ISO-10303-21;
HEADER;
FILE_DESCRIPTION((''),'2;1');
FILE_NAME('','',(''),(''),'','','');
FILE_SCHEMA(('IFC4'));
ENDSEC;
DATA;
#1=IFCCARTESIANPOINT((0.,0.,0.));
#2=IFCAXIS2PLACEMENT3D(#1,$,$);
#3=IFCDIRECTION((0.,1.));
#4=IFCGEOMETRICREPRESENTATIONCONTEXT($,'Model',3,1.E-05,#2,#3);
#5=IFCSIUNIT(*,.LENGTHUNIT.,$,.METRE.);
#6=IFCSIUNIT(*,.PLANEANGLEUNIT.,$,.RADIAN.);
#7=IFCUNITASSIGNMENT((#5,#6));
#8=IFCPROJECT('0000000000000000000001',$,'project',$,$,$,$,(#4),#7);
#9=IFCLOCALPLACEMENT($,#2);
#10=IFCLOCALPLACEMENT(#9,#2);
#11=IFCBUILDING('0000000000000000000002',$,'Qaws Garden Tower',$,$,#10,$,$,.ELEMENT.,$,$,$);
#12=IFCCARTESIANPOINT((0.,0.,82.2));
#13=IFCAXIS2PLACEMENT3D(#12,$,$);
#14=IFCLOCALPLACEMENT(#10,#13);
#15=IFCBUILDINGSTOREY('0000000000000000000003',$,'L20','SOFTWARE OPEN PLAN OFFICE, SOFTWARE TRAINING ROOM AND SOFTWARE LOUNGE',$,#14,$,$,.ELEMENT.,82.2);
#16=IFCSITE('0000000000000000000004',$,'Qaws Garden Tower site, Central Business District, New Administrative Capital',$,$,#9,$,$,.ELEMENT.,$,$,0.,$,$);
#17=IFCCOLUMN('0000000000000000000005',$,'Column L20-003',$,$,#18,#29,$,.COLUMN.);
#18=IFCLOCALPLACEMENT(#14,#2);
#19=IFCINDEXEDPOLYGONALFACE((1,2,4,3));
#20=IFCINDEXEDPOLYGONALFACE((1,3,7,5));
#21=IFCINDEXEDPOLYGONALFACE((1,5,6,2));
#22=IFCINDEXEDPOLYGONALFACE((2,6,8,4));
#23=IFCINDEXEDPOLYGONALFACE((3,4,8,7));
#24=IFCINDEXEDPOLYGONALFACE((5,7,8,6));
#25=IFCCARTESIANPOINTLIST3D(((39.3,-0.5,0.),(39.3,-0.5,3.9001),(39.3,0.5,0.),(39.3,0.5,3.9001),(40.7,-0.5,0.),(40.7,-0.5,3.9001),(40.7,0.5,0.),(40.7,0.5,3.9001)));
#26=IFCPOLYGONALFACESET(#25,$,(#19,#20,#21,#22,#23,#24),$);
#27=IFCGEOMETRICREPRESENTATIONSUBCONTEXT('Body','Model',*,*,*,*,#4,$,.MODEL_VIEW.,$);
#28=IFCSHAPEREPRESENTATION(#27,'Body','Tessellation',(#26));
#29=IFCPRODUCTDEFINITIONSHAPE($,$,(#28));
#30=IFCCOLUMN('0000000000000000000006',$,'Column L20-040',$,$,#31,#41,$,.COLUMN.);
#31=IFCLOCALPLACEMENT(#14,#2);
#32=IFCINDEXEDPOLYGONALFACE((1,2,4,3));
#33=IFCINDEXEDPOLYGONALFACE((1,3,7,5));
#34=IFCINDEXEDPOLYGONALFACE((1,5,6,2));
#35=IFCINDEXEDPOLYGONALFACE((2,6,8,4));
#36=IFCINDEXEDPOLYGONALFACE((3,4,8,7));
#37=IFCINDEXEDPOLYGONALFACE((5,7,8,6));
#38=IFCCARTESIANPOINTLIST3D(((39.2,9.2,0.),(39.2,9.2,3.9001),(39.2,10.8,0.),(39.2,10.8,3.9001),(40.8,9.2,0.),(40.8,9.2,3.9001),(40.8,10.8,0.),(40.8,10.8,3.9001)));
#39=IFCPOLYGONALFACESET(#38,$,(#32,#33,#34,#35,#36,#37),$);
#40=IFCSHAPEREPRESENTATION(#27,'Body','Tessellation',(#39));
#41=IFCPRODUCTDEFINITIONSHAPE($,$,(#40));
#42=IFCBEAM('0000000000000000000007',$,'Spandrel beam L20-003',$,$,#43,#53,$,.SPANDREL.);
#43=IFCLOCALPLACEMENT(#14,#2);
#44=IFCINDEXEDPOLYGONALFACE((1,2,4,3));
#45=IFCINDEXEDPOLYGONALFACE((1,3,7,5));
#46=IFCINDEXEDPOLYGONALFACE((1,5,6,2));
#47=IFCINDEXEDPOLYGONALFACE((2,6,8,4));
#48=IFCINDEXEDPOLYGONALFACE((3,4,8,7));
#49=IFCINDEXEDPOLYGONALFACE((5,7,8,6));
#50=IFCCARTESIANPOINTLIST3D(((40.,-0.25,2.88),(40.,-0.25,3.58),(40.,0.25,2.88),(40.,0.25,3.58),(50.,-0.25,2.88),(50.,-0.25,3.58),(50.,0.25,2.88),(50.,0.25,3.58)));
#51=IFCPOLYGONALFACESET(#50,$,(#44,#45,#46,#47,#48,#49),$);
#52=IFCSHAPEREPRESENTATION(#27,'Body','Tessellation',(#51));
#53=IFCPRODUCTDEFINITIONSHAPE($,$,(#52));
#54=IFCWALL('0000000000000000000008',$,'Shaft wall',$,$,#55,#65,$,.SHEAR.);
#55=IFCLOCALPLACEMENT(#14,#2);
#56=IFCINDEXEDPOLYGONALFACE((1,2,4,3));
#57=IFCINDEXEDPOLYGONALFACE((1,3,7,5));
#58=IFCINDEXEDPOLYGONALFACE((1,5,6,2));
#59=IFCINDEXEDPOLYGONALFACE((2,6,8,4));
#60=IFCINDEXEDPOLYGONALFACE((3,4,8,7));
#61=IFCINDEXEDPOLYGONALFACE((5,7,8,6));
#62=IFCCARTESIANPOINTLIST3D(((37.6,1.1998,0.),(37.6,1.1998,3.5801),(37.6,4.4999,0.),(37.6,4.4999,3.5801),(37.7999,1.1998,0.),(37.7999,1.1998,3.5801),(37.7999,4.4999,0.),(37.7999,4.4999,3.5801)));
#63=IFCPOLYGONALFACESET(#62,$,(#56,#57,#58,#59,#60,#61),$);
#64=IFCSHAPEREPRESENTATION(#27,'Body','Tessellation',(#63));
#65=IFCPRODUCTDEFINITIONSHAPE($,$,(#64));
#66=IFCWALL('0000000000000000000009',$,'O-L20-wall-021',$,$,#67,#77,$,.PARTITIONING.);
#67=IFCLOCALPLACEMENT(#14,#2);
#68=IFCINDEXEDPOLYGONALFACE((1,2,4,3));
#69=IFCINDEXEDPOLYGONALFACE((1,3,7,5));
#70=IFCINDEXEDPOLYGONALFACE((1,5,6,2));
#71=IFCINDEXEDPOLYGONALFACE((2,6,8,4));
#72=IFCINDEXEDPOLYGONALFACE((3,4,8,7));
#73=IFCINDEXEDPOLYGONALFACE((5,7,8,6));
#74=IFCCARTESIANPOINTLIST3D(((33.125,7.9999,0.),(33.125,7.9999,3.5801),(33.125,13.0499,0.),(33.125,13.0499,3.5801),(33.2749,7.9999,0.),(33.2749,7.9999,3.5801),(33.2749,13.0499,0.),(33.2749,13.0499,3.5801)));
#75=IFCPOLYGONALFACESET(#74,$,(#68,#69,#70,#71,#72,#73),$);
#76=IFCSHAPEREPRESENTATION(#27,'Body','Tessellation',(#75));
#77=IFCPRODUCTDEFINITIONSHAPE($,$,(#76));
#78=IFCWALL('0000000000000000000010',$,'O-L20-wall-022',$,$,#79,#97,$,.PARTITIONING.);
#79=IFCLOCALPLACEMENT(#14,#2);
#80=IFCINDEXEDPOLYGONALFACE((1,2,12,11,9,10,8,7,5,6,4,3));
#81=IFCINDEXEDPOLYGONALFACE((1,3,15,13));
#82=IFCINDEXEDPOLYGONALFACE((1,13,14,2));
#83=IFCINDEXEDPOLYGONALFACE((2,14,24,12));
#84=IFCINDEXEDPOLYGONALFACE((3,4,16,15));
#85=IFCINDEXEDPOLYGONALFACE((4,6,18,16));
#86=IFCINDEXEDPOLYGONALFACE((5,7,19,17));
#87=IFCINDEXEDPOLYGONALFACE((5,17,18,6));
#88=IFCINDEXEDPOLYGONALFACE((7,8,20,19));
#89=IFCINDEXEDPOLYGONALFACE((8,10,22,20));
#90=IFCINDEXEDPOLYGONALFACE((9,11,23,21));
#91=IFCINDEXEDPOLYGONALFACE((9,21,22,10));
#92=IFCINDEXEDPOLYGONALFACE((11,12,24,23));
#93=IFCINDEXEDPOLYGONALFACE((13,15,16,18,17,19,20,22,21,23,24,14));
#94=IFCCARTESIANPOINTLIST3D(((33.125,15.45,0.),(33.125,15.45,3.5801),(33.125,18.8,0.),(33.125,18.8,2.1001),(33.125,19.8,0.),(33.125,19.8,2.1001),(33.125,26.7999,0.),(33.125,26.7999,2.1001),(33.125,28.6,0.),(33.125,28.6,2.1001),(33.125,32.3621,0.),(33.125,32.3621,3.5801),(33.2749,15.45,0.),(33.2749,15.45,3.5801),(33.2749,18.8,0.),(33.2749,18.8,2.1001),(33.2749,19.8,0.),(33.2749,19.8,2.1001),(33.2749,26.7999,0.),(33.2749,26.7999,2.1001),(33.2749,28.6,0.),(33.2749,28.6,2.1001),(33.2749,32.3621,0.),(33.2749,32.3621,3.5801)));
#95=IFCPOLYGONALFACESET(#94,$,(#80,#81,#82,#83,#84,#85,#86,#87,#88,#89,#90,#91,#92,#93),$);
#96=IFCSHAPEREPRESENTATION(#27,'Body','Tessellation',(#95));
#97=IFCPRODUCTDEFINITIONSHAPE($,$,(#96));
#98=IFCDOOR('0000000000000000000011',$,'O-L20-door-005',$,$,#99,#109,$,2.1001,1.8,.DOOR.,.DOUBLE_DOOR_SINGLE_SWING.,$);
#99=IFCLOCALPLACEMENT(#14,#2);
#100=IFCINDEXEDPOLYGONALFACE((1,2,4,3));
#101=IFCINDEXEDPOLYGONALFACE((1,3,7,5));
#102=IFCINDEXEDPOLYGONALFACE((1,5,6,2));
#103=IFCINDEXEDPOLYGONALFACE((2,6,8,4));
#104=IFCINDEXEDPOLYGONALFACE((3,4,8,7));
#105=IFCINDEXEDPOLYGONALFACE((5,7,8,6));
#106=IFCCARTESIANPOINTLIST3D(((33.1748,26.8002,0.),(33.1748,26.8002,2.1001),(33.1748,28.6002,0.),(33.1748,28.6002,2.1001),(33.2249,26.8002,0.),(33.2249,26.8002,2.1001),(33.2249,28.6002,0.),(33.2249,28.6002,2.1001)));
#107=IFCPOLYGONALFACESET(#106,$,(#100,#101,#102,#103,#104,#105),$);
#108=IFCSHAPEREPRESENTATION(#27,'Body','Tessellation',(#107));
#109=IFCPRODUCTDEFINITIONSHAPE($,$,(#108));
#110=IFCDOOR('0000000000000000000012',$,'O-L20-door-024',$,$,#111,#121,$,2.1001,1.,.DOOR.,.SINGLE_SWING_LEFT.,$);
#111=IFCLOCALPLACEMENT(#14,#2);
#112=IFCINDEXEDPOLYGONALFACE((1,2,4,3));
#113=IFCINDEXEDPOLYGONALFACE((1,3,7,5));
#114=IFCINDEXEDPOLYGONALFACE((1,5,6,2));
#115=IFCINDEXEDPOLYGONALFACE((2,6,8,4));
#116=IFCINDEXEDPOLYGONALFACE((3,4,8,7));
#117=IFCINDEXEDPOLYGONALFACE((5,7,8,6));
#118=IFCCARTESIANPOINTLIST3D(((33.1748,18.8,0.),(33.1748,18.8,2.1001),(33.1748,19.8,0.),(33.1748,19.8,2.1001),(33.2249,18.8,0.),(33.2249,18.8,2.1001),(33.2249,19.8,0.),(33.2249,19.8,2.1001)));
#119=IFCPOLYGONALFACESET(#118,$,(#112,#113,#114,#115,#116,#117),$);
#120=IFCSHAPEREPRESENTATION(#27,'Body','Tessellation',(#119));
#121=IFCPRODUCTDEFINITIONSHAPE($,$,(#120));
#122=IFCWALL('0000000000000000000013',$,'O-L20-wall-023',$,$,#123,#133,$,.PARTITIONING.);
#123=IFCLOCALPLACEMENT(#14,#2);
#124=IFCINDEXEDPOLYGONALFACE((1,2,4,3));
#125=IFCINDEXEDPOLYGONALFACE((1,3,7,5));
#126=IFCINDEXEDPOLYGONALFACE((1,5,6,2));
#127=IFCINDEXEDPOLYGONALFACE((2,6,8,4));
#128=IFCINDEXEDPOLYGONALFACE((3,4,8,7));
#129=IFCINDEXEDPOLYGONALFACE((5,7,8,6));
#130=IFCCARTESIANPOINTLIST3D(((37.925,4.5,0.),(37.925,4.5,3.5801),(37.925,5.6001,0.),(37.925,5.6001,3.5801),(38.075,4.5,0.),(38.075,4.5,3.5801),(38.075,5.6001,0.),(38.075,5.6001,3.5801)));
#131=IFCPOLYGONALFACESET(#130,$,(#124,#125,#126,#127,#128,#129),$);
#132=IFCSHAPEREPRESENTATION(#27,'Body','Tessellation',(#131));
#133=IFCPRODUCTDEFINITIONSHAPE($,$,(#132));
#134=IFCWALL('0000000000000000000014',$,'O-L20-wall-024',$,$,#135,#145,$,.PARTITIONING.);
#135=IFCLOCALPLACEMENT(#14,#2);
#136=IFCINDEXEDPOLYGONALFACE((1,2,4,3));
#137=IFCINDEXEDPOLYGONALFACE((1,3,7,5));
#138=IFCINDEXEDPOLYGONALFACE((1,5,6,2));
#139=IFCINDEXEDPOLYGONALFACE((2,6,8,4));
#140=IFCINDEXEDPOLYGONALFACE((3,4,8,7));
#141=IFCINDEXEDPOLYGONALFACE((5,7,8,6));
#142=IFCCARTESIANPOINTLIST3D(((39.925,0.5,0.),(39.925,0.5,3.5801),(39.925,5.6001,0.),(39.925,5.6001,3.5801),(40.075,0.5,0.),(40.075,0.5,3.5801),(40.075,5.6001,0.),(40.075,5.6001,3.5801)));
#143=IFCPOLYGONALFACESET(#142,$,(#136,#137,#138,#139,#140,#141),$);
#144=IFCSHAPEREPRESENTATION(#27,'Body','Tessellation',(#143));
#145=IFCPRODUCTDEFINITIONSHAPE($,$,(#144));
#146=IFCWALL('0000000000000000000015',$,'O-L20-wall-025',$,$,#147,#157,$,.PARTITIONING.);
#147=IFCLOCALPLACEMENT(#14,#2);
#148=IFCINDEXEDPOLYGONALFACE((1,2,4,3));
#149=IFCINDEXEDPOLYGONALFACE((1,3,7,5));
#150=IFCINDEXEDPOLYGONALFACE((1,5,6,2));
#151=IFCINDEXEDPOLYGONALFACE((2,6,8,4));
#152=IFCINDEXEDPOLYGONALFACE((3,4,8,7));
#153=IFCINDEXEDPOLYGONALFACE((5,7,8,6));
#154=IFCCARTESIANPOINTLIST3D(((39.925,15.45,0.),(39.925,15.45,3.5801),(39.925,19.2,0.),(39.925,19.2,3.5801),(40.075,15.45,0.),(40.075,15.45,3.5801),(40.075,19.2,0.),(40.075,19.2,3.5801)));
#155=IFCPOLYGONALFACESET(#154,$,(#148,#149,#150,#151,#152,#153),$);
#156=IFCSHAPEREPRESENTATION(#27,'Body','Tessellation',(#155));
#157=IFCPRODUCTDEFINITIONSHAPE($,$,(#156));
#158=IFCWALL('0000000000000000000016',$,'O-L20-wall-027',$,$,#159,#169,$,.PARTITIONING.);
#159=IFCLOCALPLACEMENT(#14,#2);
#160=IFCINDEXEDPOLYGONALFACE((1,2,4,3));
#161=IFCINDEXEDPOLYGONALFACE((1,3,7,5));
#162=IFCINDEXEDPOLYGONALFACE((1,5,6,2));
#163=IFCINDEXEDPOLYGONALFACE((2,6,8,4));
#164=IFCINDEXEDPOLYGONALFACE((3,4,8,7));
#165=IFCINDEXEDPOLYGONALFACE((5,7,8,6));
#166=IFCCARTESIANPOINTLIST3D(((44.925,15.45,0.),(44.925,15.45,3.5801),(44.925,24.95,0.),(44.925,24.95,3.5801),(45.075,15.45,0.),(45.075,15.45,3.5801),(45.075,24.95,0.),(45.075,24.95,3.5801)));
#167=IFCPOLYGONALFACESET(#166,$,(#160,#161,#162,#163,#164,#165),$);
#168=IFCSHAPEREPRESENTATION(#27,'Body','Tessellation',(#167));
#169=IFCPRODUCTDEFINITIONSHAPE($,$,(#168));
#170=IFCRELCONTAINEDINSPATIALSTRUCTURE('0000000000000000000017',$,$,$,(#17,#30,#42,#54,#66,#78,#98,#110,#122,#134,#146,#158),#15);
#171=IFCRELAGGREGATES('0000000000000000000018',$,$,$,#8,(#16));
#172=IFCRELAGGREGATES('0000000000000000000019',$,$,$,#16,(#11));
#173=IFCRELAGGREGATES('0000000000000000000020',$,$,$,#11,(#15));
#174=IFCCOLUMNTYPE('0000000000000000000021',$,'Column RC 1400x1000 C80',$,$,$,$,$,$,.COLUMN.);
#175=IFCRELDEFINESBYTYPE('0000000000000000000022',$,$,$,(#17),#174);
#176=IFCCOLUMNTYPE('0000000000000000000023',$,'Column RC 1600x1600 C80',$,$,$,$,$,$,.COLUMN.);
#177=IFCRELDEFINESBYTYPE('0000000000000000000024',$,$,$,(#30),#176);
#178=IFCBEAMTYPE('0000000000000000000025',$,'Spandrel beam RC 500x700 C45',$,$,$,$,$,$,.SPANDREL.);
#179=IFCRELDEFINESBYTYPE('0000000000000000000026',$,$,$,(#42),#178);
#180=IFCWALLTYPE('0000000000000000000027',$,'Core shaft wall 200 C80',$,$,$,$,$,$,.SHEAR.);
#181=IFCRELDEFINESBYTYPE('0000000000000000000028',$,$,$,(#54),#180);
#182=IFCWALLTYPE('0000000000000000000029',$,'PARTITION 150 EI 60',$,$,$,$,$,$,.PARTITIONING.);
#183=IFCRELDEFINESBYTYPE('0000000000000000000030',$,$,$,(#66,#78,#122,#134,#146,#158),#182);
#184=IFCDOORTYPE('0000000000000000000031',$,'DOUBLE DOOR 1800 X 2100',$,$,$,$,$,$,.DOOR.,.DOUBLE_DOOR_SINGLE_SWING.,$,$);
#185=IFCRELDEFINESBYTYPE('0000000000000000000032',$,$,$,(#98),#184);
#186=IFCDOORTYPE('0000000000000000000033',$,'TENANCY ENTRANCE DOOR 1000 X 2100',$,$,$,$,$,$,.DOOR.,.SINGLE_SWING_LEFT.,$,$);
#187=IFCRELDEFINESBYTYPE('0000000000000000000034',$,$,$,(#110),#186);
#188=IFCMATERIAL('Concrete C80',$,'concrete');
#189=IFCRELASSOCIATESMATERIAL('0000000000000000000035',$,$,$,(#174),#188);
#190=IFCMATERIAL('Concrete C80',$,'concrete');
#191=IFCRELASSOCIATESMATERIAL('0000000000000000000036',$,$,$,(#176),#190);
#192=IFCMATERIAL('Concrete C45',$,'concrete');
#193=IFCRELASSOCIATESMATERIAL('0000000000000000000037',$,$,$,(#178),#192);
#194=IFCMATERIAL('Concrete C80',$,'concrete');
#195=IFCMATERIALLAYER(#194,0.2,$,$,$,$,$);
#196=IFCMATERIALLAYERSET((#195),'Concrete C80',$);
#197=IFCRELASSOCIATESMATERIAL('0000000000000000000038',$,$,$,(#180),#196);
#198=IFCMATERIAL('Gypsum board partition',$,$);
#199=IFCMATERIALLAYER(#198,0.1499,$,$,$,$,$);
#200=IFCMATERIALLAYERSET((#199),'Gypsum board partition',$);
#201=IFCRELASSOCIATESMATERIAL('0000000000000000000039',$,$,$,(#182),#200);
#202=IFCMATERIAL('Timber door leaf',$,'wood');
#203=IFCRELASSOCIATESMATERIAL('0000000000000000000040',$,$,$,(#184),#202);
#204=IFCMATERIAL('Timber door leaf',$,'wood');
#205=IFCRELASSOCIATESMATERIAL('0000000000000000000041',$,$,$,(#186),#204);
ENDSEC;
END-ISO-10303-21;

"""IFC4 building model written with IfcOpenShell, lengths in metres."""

from ifc_helpers import new_model, si_unit, direction, frame, frame_2d, origin, origin_2d, place, context, subcontext, project, spatial, rectangle, extrude, material, layer, layer_set, material_profile, profile_set, type_object, element, fill, save


model = new_model("IFC4")

# Units and contexts
model_context = context("Model", 3, precision=1e-05, world=origin(), true_north=direction((0.0, 1.0)))
body_context = subcontext(model_context, "Body", "Model", "MODEL_VIEW")
ifc_project = project(units=[si_unit("LENGTHUNIT", "METRE"), si_unit("PLANEANGLEUNIT", "RADIAN")], contexts=[model_context])

# Site, building, storey
site_placement = place(None, origin())
site = spatial("IfcSite", under=ifc_project, at=site_placement, Name="Qaws Garden Tower site, Central Business District, New Administrative Capital", CompositionType="ELEMENT", RefElevation=0.0)
building_placement = place(site_placement, origin())
building = spatial("IfcBuilding", under=site, at=building_placement, Name="Qaws Garden Tower", CompositionType="ELEMENT")
storey_placement = place(building_placement, frame((0.0, 0.0, 82.2)))
storey = spatial("IfcBuildingStorey", under=building, at=storey_placement, Name="L20", Description="SOFTWARE OPEN PLAN OFFICE, SOFTWARE TRAINING ROOM AND SOFTWARE LOUNGE", CompositionType="ELEMENT", Elevation=82.2)

# Columns
ifc_material_1 = material(Name="Concrete C80", Category="concrete")
ifc_material_profile_1 = material_profile(ifc_material_1, rectangle(XDim=1.3999, YDim=1.0, at=origin_2d()), Name="RC 1400x1000")
ifc_profile_set_1 = profile_set([ifc_material_profile_1], Name="Concrete C80")
column_type_1 = type_object("IfcColumnType", Name="Column RC 1400x1000 C80", PredefinedType="COLUMN", material=ifc_profile_set_1)
column_1_placement = place(storey_placement, frame((40.0, 0.0, 0.0), z_axis=(0.0, 0.0, 1.0), x_axis=(1.0, 0.0, 0.0)))
element("IfcColumn", 1, at=column_1_placement, inside=storey, type_object=column_type_1, Name="Column L20-003", PredefinedType="COLUMN", context=body_context, shape_type="SweptSolid", body=[
    extrude(rectangle(XDim=1.3999, YDim=1.0, at=origin_2d()), origin(), (0.0, 0.0, 1.0), 3.9001),
])
ifc_material_2 = material(Name="Concrete C80", Category="concrete")
ifc_material_profile_2 = material_profile(ifc_material_2, rectangle(XDim=1.6001, YDim=1.6001, at=origin_2d()), Name="RC 1600x1600")
ifc_profile_set_2 = profile_set([ifc_material_profile_2], Name="Concrete C80")
column_type_2 = type_object("IfcColumnType", Name="Column RC 1600x1600 C80", PredefinedType="COLUMN", material=ifc_profile_set_2)
column_2_placement = place(storey_placement, frame((40.0, 10.0, 0.0), z_axis=(0.0, 0.0, 1.0), x_axis=(1.0, 0.0, 0.0)))
element("IfcColumn", 2, at=column_2_placement, inside=storey, type_object=column_type_2, Name="Column L20-040", PredefinedType="COLUMN", context=body_context, shape_type="SweptSolid", body=[
    extrude(rectangle(XDim=1.6001, YDim=1.6001, at=origin_2d()), origin(), (0.0, 0.0, 1.0), 3.9001),
])

# Beam
ifc_material_3 = material(Name="Concrete C45", Category="concrete")
ifc_material_profile_3 = material_profile(ifc_material_3, rectangle(XDim=0.5, YDim=0.7, at=origin_2d()), Name="RC 500x700")
ifc_profile_set_3 = profile_set([ifc_material_profile_3], Name="Concrete C45")
beam_type = type_object("IfcBeamType", Name="Spandrel beam RC 500x700 C45", PredefinedType="SPANDREL", material=ifc_profile_set_3)
beam_placement = place(storey_placement, frame((40.0, 0.0, 3.23), z_axis=(1.0, 0.0, 0.0), x_axis=(0.0, 1.0, 0.0)))
element("IfcBeam", 3, at=beam_placement, inside=storey, type_object=beam_type, Name="Spandrel beam L20-003", PredefinedType="SPANDREL", context=body_context, shape_type="SweptSolid", body=[
    extrude(rectangle(XDim=0.5, YDim=0.7, at=origin_2d()), origin(), (0.0, 0.0, 1.0), 10.0),
])

# Walls
ifc_material_4 = material(Name="Concrete C80", Category="concrete")
ifc_layer_1 = layer(ifc_material_4, 0.2)
ifc_layer_set_1 = layer_set([ifc_layer_1], Name="Concrete C80")
wall_type_1 = type_object("IfcWallType", Name="Core shaft wall 200 C80", PredefinedType="SHEAR", material=ifc_layer_set_1)
wall_1_placement = place(storey_placement, frame((37.7, 1.2, 0.0), z_axis=(0.0, 0.0, 1.0), x_axis=(0.0, 1.0, 0.0)))
element("IfcWall", 4, at=wall_1_placement, inside=storey, type_object=wall_type_1, Name="Shaft wall", PredefinedType="SHEAR", context=body_context, shape_type="SweptSolid", body=[
    extrude(rectangle(XDim=3.3, YDim=0.2, at=frame_2d((1.6499, 0.0))), origin(), (0.0, 0.0, 1.0), 3.5801),
])
ifc_material_5 = material(Name="Gypsum board partition")
ifc_layer_2 = layer(ifc_material_5, 0.1499)
ifc_layer_set_2 = layer_set([ifc_layer_2], Name="Gypsum board partition")
wall_type_2 = type_object("IfcWallType", Name="PARTITION 150 EI 60", PredefinedType="PARTITIONING", material=ifc_layer_set_2)
wall_2_placement = place(storey_placement, frame((33.2, 8.0, 0.0), z_axis=(0.0, 0.0, 1.0), x_axis=(0.0, 1.0, 0.0)))
element("IfcWall", 5, at=wall_2_placement, inside=storey, type_object=wall_type_2, Name="O-L20-wall-021", PredefinedType="PARTITIONING", context=body_context, shape_type="SweptSolid", body=[
    extrude(rectangle(XDim=5.05, YDim=0.1499, at=frame_2d((2.5249, 0.0))), origin(), (0.0, 0.0, 1.0), 3.5801),
])

# Wall, openings, doors
wall_3_placement = place(storey_placement, frame((33.2, 15.45, 0.0), z_axis=(0.0, 0.0, 1.0), x_axis=(0.0, 1.0, 0.0)))
wall_3 = element("IfcWall", 6, at=wall_3_placement, inside=storey, type_object=wall_type_2, Name="O-L20-wall-022", PredefinedType="PARTITIONING", context=body_context, shape_type="SweptSolid", body=[
    extrude(rectangle(XDim=16.9121, YDim=0.1499, at=frame_2d((8.4561, 0.0))), origin(), (0.0, 0.0, 1.0), 3.5801),
])
opening_1_placement = place(wall_3_placement, frame((11.3501, 0.0, 0.0)))
opening_1 = element("IfcOpeningElement", 7, at=opening_1_placement, cuts=wall_3, PredefinedType="OPENING", context=body_context, shape_type="SweptSolid", body=[
    extrude(rectangle(XDim=1.8, YDim=2.1001, at=frame_2d((0.8999, 1.05))), frame((0.0, 0.085, 0.0), z_axis=(0.0, -1.0, 0.0), x_axis=(1.0, 0.0, 0.0)), (0.0, 0.0, 1.0), 0.1699),
])
opening_2_placement = place(wall_3_placement, frame((3.3501, 0.0, 0.0)))
opening_2 = element("IfcOpeningElement", 8, at=opening_2_placement, cuts=wall_3, PredefinedType="OPENING", context=body_context, shape_type="SweptSolid", body=[
    extrude(rectangle(XDim=1.0, YDim=2.1001, at=frame_2d((0.5, 1.05))), frame((0.0, 0.085, 0.0), z_axis=(0.0, -1.0, 0.0), x_axis=(1.0, 0.0, 0.0)), (0.0, 0.0, 1.0), 0.1699),
])
ifc_material_6 = material(Name="Timber door leaf", Category="wood")
door_type_1 = type_object("IfcDoorType", Name="DOUBLE DOOR 1800 X 2100", OperationType="DOUBLE_DOOR_SINGLE_SWING", PredefinedType="DOOR", material=ifc_material_6)
door_1_placement = place(opening_1_placement, frame((1.8, 0.0, 0.0), z_axis=(0.0, 0.0, 1.0), x_axis=(-1.0, 0.0, 0.0)))
door_1 = element("IfcDoor", 9, at=door_1_placement, inside=storey, type_object=door_type_1, Name="O-L20-door-005", OperationType="DOUBLE_DOOR_SINGLE_SWING", OverallHeight=2.1001, OverallWidth=1.8, PredefinedType="DOOR", context=body_context, shape_type="SweptSolid", body=[
    extrude(rectangle(XDim=1.8, YDim=2.1001, at=frame_2d((0.8999, 1.05))), frame((0.0, 0.0249, 0.0), z_axis=(0.0, -1.0, 0.0), x_axis=(1.0, 0.0, 0.0)), (0.0, 0.0, 1.0), 0.05),
])
fill(opening_1, door_1)
ifc_material_7 = material(Name="Timber door leaf", Category="wood")
door_type_2 = type_object("IfcDoorType", Name="TENANCY ENTRANCE DOOR 1000 X 2100", OperationType="SINGLE_SWING_LEFT", PredefinedType="DOOR", material=ifc_material_7)
door_2_placement = place(opening_2_placement, frame((1.0, 0.0, 0.0), z_axis=(0.0, 0.0, 1.0), x_axis=(-1.0, 0.0, 0.0)))
door_2 = element("IfcDoor", 10, at=door_2_placement, inside=storey, type_object=door_type_2, Name="O-L20-door-024", OperationType="SINGLE_SWING_LEFT", OverallHeight=2.1001, OverallWidth=1.0, PredefinedType="DOOR", context=body_context, shape_type="SweptSolid", body=[
    extrude(rectangle(XDim=1.0, YDim=2.1001, at=frame_2d((0.5, 1.05))), frame((0.0, 0.0249, 0.0), z_axis=(0.0, -1.0, 0.0), x_axis=(1.0, 0.0, 0.0)), (0.0, 0.0, 1.0), 0.05),
])
fill(opening_2, door_2)

# Walls
wall_4_placement = place(storey_placement, frame((38.0, 4.5, 0.0), z_axis=(0.0, 0.0, 1.0), x_axis=(0.0, 1.0, 0.0)))
element("IfcWall", 11, at=wall_4_placement, inside=storey, type_object=wall_type_2, Name="O-L20-wall-023", PredefinedType="PARTITIONING", context=body_context, shape_type="SweptSolid", body=[
    extrude(rectangle(XDim=1.1001, YDim=0.1499, at=frame_2d((0.55, 0.0))), origin(), (0.0, 0.0, 1.0), 3.5801),
])
wall_5_placement = place(storey_placement, frame((40.0, 0.5, 0.0), z_axis=(0.0, 0.0, 1.0), x_axis=(0.0, 1.0, 0.0)))
element("IfcWall", 12, at=wall_5_placement, inside=storey, type_object=wall_type_2, Name="O-L20-wall-024", PredefinedType="PARTITIONING", context=body_context, shape_type="SweptSolid", body=[
    extrude(rectangle(XDim=5.1001, YDim=0.1499, at=frame_2d((2.55, 0.0))), origin(), (0.0, 0.0, 1.0), 3.5801),
])
wall_6_placement = place(storey_placement, frame((40.0, 15.45, 0.0), z_axis=(0.0, 0.0, 1.0), x_axis=(0.0, 1.0, 0.0)))
element("IfcWall", 13, at=wall_6_placement, inside=storey, type_object=wall_type_2, Name="O-L20-wall-025", PredefinedType="PARTITIONING", context=body_context, shape_type="SweptSolid", body=[
    extrude(rectangle(XDim=3.75, YDim=0.1499, at=frame_2d((1.875, 0.0))), origin(), (0.0, 0.0, 1.0), 3.5801),
])
wall_7_placement = place(storey_placement, frame((45.0, 15.45, 0.0), z_axis=(0.0, 0.0, 1.0), x_axis=(0.0, 1.0, 0.0)))
element("IfcWall", 14, at=wall_7_placement, inside=storey, type_object=wall_type_2, Name="O-L20-wall-027", PredefinedType="PARTITIONING", context=body_context, shape_type="SweptSolid", body=[
    extrude(rectangle(XDim=9.5, YDim=0.1499, at=frame_2d((4.75, 0.0))), origin(), (0.0, 0.0, 1.0), 3.5801),
])

save(model, "model.ifc")
